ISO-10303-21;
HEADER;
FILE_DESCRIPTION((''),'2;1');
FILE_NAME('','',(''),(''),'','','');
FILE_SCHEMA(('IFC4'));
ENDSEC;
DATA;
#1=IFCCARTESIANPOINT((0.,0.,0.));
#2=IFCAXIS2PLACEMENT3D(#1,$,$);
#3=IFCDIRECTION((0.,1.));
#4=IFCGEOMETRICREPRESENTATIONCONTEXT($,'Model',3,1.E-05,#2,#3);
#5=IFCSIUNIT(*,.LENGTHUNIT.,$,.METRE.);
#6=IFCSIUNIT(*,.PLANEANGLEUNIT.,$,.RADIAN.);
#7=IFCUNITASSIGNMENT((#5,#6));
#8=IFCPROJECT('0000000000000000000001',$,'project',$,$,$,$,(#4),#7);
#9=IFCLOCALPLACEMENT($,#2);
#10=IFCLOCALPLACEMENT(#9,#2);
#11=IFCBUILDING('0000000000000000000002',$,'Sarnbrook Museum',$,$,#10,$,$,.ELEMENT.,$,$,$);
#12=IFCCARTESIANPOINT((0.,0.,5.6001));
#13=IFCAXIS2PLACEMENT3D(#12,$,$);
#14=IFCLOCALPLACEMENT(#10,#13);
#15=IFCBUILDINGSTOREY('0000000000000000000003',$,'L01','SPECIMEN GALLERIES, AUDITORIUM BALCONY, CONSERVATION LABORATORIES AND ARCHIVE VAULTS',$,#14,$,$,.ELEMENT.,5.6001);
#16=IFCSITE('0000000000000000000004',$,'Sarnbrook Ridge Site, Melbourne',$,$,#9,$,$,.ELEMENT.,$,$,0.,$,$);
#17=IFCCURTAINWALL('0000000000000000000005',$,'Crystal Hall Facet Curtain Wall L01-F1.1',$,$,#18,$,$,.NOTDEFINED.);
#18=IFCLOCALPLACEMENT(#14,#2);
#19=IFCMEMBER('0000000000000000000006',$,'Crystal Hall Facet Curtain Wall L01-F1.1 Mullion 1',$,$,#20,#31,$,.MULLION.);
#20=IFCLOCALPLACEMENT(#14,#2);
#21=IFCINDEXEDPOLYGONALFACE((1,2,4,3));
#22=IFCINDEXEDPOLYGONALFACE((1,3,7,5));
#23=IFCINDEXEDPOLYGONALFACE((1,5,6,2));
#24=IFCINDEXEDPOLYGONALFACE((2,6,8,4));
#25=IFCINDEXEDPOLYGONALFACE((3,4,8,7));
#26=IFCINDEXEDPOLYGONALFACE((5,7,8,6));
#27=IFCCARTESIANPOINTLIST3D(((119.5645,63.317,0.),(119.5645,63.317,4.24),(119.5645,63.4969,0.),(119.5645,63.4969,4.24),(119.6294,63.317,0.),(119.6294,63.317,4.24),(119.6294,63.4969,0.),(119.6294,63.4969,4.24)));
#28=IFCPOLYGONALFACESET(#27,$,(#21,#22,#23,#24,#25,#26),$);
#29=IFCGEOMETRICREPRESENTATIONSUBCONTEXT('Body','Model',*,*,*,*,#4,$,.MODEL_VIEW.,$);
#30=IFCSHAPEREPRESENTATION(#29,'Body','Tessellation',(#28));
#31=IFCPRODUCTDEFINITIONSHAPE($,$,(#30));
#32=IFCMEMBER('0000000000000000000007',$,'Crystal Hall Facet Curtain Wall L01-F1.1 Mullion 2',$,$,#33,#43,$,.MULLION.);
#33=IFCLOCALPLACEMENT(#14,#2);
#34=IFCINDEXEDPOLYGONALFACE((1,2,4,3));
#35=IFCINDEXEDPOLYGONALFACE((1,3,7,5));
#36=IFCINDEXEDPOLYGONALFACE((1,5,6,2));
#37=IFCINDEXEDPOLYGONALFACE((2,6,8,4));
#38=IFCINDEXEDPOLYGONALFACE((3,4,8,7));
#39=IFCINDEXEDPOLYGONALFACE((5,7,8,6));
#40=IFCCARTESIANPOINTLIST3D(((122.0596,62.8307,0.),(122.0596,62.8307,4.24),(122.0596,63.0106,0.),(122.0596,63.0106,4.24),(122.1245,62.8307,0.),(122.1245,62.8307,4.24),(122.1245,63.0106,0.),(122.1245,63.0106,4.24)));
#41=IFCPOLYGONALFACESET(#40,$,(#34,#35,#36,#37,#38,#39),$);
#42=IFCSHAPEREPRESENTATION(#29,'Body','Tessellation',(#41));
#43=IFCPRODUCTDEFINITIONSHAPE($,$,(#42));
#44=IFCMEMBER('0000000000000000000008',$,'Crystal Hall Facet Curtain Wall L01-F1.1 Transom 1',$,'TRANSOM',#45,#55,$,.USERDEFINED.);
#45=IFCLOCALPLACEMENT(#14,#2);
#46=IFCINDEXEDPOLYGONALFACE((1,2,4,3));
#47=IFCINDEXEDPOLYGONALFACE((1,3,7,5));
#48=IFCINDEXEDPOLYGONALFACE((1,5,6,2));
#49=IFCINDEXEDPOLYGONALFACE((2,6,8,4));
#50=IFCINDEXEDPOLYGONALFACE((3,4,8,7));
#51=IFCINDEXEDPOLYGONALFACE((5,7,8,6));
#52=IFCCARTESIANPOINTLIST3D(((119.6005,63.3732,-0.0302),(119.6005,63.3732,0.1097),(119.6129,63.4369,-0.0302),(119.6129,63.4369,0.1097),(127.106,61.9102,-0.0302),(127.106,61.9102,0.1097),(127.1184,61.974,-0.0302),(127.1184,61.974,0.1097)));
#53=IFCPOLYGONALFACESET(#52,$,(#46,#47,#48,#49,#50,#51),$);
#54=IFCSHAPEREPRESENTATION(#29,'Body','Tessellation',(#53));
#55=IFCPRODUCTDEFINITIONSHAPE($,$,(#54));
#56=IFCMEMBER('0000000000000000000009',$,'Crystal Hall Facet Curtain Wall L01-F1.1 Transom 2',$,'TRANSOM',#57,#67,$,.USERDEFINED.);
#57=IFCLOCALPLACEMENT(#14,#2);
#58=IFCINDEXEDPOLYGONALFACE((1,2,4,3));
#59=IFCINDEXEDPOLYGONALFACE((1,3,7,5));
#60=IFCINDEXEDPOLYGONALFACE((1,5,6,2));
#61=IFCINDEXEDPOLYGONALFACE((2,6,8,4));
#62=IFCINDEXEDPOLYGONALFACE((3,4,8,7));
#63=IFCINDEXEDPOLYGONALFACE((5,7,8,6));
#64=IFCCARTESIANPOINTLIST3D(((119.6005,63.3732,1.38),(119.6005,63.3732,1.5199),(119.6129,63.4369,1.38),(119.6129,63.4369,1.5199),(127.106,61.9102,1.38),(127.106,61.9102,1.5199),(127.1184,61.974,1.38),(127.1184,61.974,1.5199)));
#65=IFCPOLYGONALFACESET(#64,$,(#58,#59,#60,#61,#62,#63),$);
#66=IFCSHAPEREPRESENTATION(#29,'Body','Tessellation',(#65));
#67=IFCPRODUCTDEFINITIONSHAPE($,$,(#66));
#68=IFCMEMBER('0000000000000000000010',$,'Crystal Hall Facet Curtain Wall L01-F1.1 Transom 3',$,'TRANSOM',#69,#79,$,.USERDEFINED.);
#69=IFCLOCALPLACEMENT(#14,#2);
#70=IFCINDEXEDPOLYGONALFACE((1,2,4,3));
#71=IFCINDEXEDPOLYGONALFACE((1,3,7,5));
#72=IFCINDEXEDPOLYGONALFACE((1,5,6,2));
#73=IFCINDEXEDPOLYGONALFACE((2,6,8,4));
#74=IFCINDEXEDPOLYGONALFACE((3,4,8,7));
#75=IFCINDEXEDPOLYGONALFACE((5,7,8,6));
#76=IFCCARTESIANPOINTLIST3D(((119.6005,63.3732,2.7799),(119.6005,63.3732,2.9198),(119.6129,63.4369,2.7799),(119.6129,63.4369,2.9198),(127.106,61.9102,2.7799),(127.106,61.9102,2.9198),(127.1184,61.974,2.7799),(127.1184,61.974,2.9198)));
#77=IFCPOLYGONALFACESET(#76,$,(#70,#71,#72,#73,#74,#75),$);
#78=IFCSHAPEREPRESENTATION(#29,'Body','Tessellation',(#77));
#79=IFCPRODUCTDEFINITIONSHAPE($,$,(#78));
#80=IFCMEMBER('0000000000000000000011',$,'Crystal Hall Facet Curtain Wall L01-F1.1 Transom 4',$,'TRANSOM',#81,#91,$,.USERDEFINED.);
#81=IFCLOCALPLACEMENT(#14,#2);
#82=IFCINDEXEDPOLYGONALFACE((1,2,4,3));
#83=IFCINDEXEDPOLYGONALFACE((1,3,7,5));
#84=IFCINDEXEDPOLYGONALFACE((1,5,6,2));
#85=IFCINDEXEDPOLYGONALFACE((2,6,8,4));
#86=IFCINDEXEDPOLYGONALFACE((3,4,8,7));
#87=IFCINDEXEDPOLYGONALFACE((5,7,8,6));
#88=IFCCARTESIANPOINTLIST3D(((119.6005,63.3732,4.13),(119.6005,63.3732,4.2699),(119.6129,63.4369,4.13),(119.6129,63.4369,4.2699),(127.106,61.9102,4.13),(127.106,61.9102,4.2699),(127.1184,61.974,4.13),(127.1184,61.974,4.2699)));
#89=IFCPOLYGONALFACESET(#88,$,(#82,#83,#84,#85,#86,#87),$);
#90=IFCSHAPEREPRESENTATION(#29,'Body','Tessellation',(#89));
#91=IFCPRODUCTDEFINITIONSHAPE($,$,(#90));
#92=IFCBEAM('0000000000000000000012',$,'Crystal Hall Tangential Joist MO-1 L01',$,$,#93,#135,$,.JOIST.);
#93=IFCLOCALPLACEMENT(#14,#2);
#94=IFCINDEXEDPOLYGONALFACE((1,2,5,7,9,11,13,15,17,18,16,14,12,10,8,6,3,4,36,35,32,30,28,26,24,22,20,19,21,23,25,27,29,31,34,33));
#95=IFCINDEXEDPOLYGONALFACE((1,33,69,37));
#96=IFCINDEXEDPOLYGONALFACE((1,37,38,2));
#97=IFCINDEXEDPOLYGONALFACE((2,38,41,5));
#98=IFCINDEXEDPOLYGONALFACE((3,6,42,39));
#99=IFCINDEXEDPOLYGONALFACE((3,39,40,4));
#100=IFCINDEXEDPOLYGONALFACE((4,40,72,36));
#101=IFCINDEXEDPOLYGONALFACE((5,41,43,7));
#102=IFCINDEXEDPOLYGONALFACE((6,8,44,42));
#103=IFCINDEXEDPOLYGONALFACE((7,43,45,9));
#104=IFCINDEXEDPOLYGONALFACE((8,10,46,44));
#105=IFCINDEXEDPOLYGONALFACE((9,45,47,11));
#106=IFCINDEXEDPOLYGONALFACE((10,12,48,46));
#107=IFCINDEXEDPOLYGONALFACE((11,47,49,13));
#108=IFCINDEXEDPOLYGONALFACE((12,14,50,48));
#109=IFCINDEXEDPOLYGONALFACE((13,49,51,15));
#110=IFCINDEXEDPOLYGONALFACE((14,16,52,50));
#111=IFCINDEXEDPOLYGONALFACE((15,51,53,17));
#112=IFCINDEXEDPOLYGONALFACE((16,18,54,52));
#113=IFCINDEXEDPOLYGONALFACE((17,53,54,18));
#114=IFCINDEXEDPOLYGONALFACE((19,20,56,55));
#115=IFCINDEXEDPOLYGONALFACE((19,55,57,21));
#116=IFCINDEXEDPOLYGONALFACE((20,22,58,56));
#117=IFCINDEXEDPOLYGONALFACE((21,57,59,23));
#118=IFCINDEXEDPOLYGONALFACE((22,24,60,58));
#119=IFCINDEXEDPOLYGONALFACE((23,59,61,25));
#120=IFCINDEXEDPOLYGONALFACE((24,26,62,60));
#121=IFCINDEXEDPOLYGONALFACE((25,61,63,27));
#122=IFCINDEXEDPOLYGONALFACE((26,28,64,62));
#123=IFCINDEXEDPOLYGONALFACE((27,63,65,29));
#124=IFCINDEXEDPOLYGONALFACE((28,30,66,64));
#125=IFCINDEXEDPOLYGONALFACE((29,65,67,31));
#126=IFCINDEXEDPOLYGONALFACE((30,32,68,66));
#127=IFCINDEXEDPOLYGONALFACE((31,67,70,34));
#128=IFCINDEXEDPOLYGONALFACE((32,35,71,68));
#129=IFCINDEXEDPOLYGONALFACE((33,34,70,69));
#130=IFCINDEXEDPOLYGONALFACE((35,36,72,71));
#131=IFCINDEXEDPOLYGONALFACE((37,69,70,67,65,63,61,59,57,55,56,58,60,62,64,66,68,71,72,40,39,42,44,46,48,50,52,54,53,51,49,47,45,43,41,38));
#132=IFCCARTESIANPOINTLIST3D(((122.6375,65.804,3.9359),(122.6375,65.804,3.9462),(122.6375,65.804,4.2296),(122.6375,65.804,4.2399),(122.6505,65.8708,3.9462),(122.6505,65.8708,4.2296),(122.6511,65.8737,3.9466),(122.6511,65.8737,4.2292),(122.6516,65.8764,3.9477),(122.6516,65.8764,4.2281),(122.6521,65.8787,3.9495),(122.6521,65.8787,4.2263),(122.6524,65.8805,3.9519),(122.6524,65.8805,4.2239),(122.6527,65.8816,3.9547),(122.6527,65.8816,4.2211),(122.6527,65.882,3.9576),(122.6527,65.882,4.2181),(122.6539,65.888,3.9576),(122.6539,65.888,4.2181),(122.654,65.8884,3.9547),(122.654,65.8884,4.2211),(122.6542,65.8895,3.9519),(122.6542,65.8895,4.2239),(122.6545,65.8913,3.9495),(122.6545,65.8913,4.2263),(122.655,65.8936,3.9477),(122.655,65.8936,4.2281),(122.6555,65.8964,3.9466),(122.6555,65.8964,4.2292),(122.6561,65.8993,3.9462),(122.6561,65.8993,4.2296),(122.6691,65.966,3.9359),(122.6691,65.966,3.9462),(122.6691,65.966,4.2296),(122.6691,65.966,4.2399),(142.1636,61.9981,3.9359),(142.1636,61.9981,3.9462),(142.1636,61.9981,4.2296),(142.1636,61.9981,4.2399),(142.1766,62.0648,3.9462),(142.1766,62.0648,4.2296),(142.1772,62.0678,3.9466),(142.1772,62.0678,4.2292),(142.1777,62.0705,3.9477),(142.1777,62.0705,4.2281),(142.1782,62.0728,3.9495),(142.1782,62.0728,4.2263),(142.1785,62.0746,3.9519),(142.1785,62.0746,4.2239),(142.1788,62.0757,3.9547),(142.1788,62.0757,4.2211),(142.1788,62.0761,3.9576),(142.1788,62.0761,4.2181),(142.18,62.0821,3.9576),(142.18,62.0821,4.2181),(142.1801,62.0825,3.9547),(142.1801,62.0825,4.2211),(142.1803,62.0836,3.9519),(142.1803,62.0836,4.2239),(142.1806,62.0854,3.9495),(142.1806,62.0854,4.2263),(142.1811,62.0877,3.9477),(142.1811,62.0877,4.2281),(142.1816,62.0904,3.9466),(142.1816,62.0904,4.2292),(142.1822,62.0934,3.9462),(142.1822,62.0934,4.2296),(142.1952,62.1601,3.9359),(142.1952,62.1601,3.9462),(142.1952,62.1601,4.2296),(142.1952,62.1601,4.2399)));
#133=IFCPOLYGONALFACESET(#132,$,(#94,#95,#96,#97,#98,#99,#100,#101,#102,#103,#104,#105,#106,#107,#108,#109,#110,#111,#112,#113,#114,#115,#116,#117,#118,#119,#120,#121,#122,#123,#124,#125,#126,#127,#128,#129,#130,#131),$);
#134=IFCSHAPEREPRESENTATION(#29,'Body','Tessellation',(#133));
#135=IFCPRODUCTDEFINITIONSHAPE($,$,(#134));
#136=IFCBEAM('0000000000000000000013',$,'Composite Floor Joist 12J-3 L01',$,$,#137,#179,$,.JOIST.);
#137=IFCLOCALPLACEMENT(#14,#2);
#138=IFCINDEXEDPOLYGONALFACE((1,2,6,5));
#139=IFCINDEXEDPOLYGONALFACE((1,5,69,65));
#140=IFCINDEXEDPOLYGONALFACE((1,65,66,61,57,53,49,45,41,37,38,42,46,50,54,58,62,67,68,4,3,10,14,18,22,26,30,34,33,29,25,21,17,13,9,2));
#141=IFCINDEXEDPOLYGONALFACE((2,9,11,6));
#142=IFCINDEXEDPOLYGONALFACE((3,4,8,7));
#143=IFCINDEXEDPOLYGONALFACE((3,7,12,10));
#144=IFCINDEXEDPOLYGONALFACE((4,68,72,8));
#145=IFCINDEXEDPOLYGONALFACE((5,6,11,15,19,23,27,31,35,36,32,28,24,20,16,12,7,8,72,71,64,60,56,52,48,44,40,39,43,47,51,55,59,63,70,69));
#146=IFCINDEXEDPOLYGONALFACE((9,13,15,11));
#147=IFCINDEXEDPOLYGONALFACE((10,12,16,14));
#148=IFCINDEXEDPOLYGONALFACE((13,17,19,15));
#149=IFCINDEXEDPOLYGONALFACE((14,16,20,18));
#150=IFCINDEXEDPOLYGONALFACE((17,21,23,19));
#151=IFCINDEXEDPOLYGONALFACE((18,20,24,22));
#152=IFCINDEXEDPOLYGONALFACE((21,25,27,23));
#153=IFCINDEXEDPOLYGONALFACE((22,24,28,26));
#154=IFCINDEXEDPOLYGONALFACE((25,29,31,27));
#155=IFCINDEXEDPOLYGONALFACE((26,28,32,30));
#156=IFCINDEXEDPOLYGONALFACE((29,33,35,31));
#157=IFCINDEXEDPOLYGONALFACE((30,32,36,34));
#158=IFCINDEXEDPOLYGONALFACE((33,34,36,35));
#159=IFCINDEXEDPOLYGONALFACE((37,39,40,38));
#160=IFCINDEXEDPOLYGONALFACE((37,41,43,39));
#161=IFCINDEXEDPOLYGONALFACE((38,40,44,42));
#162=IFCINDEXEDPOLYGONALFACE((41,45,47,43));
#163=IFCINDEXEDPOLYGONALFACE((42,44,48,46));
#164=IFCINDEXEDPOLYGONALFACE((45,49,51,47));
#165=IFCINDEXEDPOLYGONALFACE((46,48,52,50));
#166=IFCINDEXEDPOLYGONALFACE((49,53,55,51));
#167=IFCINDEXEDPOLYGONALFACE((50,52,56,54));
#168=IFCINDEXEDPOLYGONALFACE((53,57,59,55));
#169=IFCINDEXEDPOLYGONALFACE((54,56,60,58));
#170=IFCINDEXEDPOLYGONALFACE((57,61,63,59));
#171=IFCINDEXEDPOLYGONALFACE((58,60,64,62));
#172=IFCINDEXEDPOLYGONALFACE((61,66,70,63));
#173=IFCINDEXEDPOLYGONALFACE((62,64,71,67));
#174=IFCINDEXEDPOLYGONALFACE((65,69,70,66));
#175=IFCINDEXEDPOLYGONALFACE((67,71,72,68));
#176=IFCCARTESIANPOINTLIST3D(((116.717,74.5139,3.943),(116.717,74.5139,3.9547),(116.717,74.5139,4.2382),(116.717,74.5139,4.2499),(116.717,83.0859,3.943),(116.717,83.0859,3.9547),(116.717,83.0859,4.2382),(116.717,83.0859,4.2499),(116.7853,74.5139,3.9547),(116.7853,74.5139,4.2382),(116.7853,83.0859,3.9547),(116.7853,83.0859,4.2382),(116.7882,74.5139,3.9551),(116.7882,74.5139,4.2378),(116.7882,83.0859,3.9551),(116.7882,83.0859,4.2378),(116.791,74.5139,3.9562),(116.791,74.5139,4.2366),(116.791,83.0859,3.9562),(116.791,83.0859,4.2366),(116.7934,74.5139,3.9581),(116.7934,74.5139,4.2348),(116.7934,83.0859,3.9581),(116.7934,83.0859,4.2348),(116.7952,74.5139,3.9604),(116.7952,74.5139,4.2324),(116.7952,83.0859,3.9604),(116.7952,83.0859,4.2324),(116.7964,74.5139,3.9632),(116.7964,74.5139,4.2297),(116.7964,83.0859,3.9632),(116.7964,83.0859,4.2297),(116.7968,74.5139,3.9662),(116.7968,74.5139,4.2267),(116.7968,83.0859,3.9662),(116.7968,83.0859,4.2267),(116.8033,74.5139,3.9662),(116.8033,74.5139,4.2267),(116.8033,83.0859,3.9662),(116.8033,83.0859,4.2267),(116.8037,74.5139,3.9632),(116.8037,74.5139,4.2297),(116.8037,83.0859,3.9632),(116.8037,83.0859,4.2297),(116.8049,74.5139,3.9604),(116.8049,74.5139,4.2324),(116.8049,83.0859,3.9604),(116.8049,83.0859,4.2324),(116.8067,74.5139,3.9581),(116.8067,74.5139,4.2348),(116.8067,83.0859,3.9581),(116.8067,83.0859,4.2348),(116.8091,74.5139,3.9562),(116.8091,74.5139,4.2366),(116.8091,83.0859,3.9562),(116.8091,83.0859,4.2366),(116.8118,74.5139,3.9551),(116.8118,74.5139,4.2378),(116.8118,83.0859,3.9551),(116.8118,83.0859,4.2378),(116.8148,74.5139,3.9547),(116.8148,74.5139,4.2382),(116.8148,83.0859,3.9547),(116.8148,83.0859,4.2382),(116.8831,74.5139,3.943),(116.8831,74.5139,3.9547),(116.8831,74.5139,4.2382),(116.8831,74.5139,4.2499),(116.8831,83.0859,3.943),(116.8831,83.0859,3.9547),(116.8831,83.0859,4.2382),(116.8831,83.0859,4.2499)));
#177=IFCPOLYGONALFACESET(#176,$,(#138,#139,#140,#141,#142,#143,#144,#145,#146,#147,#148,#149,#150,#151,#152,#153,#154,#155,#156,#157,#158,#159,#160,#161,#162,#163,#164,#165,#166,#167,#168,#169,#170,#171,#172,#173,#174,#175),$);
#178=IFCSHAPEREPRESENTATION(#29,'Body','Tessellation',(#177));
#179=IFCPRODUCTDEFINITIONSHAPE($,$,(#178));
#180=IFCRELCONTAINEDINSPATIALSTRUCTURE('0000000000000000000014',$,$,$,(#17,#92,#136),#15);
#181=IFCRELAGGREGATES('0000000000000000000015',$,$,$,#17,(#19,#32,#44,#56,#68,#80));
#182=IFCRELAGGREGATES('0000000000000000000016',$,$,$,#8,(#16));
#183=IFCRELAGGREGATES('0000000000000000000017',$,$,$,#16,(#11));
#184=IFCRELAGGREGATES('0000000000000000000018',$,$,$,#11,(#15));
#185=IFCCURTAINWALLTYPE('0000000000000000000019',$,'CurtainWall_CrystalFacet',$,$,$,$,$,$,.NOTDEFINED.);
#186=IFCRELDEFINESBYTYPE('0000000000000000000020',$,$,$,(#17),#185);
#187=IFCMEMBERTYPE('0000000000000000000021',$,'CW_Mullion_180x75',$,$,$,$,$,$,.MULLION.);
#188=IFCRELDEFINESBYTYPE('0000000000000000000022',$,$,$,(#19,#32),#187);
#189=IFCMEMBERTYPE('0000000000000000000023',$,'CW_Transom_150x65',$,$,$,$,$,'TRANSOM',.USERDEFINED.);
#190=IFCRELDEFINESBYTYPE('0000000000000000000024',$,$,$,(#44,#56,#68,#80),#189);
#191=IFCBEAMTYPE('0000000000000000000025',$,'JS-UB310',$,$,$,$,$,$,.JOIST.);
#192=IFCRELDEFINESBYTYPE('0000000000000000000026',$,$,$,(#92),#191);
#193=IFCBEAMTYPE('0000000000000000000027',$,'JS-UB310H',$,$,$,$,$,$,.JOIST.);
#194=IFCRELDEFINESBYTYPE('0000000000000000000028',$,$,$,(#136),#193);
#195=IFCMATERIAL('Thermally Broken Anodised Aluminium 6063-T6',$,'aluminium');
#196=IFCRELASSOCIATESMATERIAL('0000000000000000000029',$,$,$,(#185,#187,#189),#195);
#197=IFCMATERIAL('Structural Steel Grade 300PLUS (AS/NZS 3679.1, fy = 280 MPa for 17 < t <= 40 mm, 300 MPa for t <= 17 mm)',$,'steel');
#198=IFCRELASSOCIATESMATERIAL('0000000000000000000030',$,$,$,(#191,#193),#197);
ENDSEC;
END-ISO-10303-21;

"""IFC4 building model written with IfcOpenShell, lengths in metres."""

from ifc_helpers import new_model, si_unit, direction, frame, origin, origin_2d, place, context, subcontext, project, spatial, rectangle, i_section, extrude, material, material_profile, profile_set, type_object, element, aggregate, save


model = new_model("IFC4")

# Units and contexts
model_context = context("Model", 3, precision=1e-05, world=origin(), true_north=direction((0.0, 1.0)))
body_context = subcontext(model_context, "Body", "Model", "MODEL_VIEW")
ifc_project = project(units=[si_unit("LENGTHUNIT", "METRE"), si_unit("PLANEANGLEUNIT", "RADIAN")], contexts=[model_context])

# Site, building, storey
site_placement = place(None, origin())
site = spatial("IfcSite", under=ifc_project, at=site_placement, Name="Sarnbrook Ridge Site, Melbourne", CompositionType="ELEMENT", RefElevation=0.0)
building_placement = place(site_placement, origin())
building = spatial("IfcBuilding", under=site, at=building_placement, Name="Sarnbrook Museum", CompositionType="ELEMENT")
storey_placement = place(building_placement, frame((0.0, 0.0, 5.6001)))
storey = spatial("IfcBuildingStorey", under=building, at=storey_placement, Name="L01", Description="SPECIMEN GALLERIES, AUDITORIUM BALCONY, CONSERVATION LABORATORIES AND ARCHIVE VAULTS", CompositionType="ELEMENT", Elevation=5.6001)

# Shared definitions
ifc_material_1 = material(Name="Structural Steel Grade 300PLUS (AS/NZS 3679.1, fy = 280 MPa for 17 < t <= 40 mm, 300 MPa for t <= 17 mm)", Category="steel")

# Curtain wall, members
ifc_material_2 = material(Name="Thermally Broken Anodised Aluminium 6063-T6", Category="aluminium")
curtain_wall_type = type_object("IfcCurtainWallType", Name="CurtainWall_CrystalFacet", PredefinedType="NOTDEFINED", material=ifc_material_2)
curtain_wall_placement = place(storey_placement, origin())
curtain_wall = element("IfcCurtainWall", 1, at=curtain_wall_placement, inside=storey, type_object=curtain_wall_type, Name="Crystal Hall Facet Curtain Wall L01-F1.1", PredefinedType="NOTDEFINED")
ifc_material_profile_1 = material_profile(ifc_material_2, rectangle(XDim=0.0649, YDim=0.1799, at=origin_2d()), Name="ALU MULLION 65x180")
ifc_profile_set_1 = profile_set([ifc_material_profile_1], Name="Thermally Broken Anodised Aluminium 6063-T6")
member_type_1 = type_object("IfcMemberType", Name="CW_Mullion_180x75", PredefinedType="MULLION", material=ifc_profile_set_1)
member_1_placement = place(storey_placement, frame((119.5969, 63.407, 0.0), z_axis=(0.0, 0.0, 1.0), x_axis=(1.0, 0.0, 0.0)))
member_1 = element("IfcMember", 2, at=member_1_placement, type_object=member_type_1, Name="Crystal Hall Facet Curtain Wall L01-F1.1 Mullion 1", PredefinedType="MULLION", context=body_context, shape_type="SweptSolid", body=[
    extrude(rectangle(XDim=0.0649, YDim=0.1799, at=origin_2d()), origin(), (0.0, 0.0, 1.0), 4.24),
])
member_2_placement = place(storey_placement, frame((122.092, 62.9207, 0.0), z_axis=(0.0, 0.0, 1.0), x_axis=(1.0, 0.0, 0.0)))
member_2 = element("IfcMember", 3, at=member_2_placement, type_object=member_type_1, Name="Crystal Hall Facet Curtain Wall L01-F1.1 Mullion 2", PredefinedType="MULLION", context=body_context, shape_type="SweptSolid", body=[
    extrude(rectangle(XDim=0.0649, YDim=0.1799, at=origin_2d()), origin(), (0.0, 0.0, 1.0), 4.24),
])
ifc_material_profile_2 = material_profile(ifc_material_2, rectangle(XDim=0.0649, YDim=0.1399, at=origin_2d()), Name="ALU TRANSOM 65x140")
ifc_profile_set_2 = profile_set([ifc_material_profile_2], Name="Thermally Broken Anodised Aluminium 6063-T6")
member_type_2 = type_object("IfcMemberType", Name="CW_Transom_150x65", ElementType="TRANSOM", PredefinedType="USERDEFINED", material=ifc_profile_set_2)
member_3_placement = place(storey_placement, frame((119.6067, 63.405, 0.0398), z_axis=(0.981529, -0.191312, 0.0), x_axis=(0.191312, 0.981529, 0.0)))
member_3 = element("IfcMember", 4, at=member_3_placement, type_object=member_type_2, Name="Crystal Hall Facet Curtain Wall L01-F1.1 Transom 1", ObjectType="TRANSOM", PredefinedType="USERDEFINED", context=body_context, shape_type="SweptSolid", body=[
    extrude(rectangle(XDim=0.0649, YDim=0.1399, at=origin_2d()), origin(), (0.0, 0.0, 1.0), 7.6467),
])
member_4_placement = place(storey_placement, frame((119.6067, 63.405, 1.45), z_axis=(0.981529, -0.191312, 0.0), x_axis=(0.191312, 0.981529, 0.0)))
member_4 = element("IfcMember", 5, at=member_4_placement, type_object=member_type_2, Name="Crystal Hall Facet Curtain Wall L01-F1.1 Transom 2", ObjectType="TRANSOM", PredefinedType="USERDEFINED", context=body_context, shape_type="SweptSolid", body=[
    extrude(rectangle(XDim=0.0649, YDim=0.1399, at=origin_2d()), origin(), (0.0, 0.0, 1.0), 7.6467),
])
member_5_placement = place(storey_placement, frame((119.6067, 63.405, 2.8499), z_axis=(0.981529, -0.191312, 0.0), x_axis=(0.191312, 0.981529, 0.0)))
member_5 = element("IfcMember", 6, at=member_5_placement, type_object=member_type_2, Name="Crystal Hall Facet Curtain Wall L01-F1.1 Transom 3", ObjectType="TRANSOM", PredefinedType="USERDEFINED", context=body_context, shape_type="SweptSolid", body=[
    extrude(rectangle(XDim=0.0649, YDim=0.1399, at=origin_2d()), origin(), (0.0, 0.0, 1.0), 7.6467),
])
member_6_placement = place(storey_placement, frame((119.6067, 63.405, 4.2), z_axis=(0.981529, -0.191312, 0.0), x_axis=(0.191312, 0.981529, 0.0)))
member_6 = element("IfcMember", 7, at=member_6_placement, type_object=member_type_2, Name="Crystal Hall Facet Curtain Wall L01-F1.1 Transom 4", ObjectType="TRANSOM", PredefinedType="USERDEFINED", context=body_context, shape_type="SweptSolid", body=[
    extrude(rectangle(XDim=0.0649, YDim=0.1399, at=origin_2d()), origin(), (0.0, 0.0, 1.0), 7.6467),
])

# Beams
ifc_material_profile_3 = material_profile(ifc_material_1, i_section(OverallWidth=0.165, OverallDepth=0.304, WebThickness=0.0061, FlangeThickness=0.0103, FilletRadius=0.0115, at=origin_2d()), Name="310UB40.4")
ifc_profile_set_3 = profile_set([ifc_material_profile_3], Name="Structural Steel Grade 300PLUS (AS/NZS 3679.1, fy = 280 MPa for 17 < t <= 40 mm, 300 MPa for t <= 17 mm)")
beam_type_1 = type_object("IfcBeamType", Name="JS-UB310", PredefinedType="JOIST", material=ifc_profile_set_3)
beam_1_placement = place(storey_placement, frame((122.6533, 65.885, 4.0879), z_axis=(0.981529, -0.191313, 0.0), x_axis=(0.191313, 0.981529, 0.0)))
element("IfcBeam", 8, at=beam_1_placement, inside=storey, type_object=beam_type_1, Name="Crystal Hall Tangential Joist MO-1 L01", PredefinedType="JOIST", context=body_context, shape_type="SweptSolid", body=[
    extrude(i_section(OverallWidth=0.165, OverallDepth=0.304, WebThickness=0.0061, FlangeThickness=0.0103, FilletRadius=0.0115, at=origin_2d()), origin(), (0.0, 0.0, 1.0), 19.8936),
])
ifc_material_profile_4 = material_profile(ifc_material_1, i_section(OverallWidth=0.166, OverallDepth=0.3069, WebThickness=0.0066, FlangeThickness=0.0117, FilletRadius=0.0115, at=origin_2d()), Name="310UB46.2")
ifc_profile_set_4 = profile_set([ifc_material_profile_4], Name="Structural Steel Grade 300PLUS (AS/NZS 3679.1, fy = 280 MPa for 17 < t <= 40 mm, 300 MPa for t <= 17 mm)")
beam_type_2 = type_object("IfcBeamType", Name="JS-UB310H", PredefinedType="JOIST", material=ifc_profile_set_4)
beam_2_placement = place(storey_placement, frame((116.8, 74.5139, 4.0964), z_axis=(0.0, 1.0, 0.0), x_axis=(-1.0, 0.0, 0.0)))
element("IfcBeam", 9, at=beam_2_placement, inside=storey, type_object=beam_type_2, Name="Composite Floor Joist 12J-3 L01", PredefinedType="JOIST", context=body_context, shape_type="SweptSolid", body=[
    extrude(i_section(OverallWidth=0.166, OverallDepth=0.3069, WebThickness=0.0066, FlangeThickness=0.0117, FilletRadius=0.0115, at=origin_2d()), origin(), (0.0, 0.0, 1.0), 8.572),
])

aggregate(curtain_wall, [member_1, member_2, member_3, member_4, member_5, member_6])

save(model, "model.ifc")
